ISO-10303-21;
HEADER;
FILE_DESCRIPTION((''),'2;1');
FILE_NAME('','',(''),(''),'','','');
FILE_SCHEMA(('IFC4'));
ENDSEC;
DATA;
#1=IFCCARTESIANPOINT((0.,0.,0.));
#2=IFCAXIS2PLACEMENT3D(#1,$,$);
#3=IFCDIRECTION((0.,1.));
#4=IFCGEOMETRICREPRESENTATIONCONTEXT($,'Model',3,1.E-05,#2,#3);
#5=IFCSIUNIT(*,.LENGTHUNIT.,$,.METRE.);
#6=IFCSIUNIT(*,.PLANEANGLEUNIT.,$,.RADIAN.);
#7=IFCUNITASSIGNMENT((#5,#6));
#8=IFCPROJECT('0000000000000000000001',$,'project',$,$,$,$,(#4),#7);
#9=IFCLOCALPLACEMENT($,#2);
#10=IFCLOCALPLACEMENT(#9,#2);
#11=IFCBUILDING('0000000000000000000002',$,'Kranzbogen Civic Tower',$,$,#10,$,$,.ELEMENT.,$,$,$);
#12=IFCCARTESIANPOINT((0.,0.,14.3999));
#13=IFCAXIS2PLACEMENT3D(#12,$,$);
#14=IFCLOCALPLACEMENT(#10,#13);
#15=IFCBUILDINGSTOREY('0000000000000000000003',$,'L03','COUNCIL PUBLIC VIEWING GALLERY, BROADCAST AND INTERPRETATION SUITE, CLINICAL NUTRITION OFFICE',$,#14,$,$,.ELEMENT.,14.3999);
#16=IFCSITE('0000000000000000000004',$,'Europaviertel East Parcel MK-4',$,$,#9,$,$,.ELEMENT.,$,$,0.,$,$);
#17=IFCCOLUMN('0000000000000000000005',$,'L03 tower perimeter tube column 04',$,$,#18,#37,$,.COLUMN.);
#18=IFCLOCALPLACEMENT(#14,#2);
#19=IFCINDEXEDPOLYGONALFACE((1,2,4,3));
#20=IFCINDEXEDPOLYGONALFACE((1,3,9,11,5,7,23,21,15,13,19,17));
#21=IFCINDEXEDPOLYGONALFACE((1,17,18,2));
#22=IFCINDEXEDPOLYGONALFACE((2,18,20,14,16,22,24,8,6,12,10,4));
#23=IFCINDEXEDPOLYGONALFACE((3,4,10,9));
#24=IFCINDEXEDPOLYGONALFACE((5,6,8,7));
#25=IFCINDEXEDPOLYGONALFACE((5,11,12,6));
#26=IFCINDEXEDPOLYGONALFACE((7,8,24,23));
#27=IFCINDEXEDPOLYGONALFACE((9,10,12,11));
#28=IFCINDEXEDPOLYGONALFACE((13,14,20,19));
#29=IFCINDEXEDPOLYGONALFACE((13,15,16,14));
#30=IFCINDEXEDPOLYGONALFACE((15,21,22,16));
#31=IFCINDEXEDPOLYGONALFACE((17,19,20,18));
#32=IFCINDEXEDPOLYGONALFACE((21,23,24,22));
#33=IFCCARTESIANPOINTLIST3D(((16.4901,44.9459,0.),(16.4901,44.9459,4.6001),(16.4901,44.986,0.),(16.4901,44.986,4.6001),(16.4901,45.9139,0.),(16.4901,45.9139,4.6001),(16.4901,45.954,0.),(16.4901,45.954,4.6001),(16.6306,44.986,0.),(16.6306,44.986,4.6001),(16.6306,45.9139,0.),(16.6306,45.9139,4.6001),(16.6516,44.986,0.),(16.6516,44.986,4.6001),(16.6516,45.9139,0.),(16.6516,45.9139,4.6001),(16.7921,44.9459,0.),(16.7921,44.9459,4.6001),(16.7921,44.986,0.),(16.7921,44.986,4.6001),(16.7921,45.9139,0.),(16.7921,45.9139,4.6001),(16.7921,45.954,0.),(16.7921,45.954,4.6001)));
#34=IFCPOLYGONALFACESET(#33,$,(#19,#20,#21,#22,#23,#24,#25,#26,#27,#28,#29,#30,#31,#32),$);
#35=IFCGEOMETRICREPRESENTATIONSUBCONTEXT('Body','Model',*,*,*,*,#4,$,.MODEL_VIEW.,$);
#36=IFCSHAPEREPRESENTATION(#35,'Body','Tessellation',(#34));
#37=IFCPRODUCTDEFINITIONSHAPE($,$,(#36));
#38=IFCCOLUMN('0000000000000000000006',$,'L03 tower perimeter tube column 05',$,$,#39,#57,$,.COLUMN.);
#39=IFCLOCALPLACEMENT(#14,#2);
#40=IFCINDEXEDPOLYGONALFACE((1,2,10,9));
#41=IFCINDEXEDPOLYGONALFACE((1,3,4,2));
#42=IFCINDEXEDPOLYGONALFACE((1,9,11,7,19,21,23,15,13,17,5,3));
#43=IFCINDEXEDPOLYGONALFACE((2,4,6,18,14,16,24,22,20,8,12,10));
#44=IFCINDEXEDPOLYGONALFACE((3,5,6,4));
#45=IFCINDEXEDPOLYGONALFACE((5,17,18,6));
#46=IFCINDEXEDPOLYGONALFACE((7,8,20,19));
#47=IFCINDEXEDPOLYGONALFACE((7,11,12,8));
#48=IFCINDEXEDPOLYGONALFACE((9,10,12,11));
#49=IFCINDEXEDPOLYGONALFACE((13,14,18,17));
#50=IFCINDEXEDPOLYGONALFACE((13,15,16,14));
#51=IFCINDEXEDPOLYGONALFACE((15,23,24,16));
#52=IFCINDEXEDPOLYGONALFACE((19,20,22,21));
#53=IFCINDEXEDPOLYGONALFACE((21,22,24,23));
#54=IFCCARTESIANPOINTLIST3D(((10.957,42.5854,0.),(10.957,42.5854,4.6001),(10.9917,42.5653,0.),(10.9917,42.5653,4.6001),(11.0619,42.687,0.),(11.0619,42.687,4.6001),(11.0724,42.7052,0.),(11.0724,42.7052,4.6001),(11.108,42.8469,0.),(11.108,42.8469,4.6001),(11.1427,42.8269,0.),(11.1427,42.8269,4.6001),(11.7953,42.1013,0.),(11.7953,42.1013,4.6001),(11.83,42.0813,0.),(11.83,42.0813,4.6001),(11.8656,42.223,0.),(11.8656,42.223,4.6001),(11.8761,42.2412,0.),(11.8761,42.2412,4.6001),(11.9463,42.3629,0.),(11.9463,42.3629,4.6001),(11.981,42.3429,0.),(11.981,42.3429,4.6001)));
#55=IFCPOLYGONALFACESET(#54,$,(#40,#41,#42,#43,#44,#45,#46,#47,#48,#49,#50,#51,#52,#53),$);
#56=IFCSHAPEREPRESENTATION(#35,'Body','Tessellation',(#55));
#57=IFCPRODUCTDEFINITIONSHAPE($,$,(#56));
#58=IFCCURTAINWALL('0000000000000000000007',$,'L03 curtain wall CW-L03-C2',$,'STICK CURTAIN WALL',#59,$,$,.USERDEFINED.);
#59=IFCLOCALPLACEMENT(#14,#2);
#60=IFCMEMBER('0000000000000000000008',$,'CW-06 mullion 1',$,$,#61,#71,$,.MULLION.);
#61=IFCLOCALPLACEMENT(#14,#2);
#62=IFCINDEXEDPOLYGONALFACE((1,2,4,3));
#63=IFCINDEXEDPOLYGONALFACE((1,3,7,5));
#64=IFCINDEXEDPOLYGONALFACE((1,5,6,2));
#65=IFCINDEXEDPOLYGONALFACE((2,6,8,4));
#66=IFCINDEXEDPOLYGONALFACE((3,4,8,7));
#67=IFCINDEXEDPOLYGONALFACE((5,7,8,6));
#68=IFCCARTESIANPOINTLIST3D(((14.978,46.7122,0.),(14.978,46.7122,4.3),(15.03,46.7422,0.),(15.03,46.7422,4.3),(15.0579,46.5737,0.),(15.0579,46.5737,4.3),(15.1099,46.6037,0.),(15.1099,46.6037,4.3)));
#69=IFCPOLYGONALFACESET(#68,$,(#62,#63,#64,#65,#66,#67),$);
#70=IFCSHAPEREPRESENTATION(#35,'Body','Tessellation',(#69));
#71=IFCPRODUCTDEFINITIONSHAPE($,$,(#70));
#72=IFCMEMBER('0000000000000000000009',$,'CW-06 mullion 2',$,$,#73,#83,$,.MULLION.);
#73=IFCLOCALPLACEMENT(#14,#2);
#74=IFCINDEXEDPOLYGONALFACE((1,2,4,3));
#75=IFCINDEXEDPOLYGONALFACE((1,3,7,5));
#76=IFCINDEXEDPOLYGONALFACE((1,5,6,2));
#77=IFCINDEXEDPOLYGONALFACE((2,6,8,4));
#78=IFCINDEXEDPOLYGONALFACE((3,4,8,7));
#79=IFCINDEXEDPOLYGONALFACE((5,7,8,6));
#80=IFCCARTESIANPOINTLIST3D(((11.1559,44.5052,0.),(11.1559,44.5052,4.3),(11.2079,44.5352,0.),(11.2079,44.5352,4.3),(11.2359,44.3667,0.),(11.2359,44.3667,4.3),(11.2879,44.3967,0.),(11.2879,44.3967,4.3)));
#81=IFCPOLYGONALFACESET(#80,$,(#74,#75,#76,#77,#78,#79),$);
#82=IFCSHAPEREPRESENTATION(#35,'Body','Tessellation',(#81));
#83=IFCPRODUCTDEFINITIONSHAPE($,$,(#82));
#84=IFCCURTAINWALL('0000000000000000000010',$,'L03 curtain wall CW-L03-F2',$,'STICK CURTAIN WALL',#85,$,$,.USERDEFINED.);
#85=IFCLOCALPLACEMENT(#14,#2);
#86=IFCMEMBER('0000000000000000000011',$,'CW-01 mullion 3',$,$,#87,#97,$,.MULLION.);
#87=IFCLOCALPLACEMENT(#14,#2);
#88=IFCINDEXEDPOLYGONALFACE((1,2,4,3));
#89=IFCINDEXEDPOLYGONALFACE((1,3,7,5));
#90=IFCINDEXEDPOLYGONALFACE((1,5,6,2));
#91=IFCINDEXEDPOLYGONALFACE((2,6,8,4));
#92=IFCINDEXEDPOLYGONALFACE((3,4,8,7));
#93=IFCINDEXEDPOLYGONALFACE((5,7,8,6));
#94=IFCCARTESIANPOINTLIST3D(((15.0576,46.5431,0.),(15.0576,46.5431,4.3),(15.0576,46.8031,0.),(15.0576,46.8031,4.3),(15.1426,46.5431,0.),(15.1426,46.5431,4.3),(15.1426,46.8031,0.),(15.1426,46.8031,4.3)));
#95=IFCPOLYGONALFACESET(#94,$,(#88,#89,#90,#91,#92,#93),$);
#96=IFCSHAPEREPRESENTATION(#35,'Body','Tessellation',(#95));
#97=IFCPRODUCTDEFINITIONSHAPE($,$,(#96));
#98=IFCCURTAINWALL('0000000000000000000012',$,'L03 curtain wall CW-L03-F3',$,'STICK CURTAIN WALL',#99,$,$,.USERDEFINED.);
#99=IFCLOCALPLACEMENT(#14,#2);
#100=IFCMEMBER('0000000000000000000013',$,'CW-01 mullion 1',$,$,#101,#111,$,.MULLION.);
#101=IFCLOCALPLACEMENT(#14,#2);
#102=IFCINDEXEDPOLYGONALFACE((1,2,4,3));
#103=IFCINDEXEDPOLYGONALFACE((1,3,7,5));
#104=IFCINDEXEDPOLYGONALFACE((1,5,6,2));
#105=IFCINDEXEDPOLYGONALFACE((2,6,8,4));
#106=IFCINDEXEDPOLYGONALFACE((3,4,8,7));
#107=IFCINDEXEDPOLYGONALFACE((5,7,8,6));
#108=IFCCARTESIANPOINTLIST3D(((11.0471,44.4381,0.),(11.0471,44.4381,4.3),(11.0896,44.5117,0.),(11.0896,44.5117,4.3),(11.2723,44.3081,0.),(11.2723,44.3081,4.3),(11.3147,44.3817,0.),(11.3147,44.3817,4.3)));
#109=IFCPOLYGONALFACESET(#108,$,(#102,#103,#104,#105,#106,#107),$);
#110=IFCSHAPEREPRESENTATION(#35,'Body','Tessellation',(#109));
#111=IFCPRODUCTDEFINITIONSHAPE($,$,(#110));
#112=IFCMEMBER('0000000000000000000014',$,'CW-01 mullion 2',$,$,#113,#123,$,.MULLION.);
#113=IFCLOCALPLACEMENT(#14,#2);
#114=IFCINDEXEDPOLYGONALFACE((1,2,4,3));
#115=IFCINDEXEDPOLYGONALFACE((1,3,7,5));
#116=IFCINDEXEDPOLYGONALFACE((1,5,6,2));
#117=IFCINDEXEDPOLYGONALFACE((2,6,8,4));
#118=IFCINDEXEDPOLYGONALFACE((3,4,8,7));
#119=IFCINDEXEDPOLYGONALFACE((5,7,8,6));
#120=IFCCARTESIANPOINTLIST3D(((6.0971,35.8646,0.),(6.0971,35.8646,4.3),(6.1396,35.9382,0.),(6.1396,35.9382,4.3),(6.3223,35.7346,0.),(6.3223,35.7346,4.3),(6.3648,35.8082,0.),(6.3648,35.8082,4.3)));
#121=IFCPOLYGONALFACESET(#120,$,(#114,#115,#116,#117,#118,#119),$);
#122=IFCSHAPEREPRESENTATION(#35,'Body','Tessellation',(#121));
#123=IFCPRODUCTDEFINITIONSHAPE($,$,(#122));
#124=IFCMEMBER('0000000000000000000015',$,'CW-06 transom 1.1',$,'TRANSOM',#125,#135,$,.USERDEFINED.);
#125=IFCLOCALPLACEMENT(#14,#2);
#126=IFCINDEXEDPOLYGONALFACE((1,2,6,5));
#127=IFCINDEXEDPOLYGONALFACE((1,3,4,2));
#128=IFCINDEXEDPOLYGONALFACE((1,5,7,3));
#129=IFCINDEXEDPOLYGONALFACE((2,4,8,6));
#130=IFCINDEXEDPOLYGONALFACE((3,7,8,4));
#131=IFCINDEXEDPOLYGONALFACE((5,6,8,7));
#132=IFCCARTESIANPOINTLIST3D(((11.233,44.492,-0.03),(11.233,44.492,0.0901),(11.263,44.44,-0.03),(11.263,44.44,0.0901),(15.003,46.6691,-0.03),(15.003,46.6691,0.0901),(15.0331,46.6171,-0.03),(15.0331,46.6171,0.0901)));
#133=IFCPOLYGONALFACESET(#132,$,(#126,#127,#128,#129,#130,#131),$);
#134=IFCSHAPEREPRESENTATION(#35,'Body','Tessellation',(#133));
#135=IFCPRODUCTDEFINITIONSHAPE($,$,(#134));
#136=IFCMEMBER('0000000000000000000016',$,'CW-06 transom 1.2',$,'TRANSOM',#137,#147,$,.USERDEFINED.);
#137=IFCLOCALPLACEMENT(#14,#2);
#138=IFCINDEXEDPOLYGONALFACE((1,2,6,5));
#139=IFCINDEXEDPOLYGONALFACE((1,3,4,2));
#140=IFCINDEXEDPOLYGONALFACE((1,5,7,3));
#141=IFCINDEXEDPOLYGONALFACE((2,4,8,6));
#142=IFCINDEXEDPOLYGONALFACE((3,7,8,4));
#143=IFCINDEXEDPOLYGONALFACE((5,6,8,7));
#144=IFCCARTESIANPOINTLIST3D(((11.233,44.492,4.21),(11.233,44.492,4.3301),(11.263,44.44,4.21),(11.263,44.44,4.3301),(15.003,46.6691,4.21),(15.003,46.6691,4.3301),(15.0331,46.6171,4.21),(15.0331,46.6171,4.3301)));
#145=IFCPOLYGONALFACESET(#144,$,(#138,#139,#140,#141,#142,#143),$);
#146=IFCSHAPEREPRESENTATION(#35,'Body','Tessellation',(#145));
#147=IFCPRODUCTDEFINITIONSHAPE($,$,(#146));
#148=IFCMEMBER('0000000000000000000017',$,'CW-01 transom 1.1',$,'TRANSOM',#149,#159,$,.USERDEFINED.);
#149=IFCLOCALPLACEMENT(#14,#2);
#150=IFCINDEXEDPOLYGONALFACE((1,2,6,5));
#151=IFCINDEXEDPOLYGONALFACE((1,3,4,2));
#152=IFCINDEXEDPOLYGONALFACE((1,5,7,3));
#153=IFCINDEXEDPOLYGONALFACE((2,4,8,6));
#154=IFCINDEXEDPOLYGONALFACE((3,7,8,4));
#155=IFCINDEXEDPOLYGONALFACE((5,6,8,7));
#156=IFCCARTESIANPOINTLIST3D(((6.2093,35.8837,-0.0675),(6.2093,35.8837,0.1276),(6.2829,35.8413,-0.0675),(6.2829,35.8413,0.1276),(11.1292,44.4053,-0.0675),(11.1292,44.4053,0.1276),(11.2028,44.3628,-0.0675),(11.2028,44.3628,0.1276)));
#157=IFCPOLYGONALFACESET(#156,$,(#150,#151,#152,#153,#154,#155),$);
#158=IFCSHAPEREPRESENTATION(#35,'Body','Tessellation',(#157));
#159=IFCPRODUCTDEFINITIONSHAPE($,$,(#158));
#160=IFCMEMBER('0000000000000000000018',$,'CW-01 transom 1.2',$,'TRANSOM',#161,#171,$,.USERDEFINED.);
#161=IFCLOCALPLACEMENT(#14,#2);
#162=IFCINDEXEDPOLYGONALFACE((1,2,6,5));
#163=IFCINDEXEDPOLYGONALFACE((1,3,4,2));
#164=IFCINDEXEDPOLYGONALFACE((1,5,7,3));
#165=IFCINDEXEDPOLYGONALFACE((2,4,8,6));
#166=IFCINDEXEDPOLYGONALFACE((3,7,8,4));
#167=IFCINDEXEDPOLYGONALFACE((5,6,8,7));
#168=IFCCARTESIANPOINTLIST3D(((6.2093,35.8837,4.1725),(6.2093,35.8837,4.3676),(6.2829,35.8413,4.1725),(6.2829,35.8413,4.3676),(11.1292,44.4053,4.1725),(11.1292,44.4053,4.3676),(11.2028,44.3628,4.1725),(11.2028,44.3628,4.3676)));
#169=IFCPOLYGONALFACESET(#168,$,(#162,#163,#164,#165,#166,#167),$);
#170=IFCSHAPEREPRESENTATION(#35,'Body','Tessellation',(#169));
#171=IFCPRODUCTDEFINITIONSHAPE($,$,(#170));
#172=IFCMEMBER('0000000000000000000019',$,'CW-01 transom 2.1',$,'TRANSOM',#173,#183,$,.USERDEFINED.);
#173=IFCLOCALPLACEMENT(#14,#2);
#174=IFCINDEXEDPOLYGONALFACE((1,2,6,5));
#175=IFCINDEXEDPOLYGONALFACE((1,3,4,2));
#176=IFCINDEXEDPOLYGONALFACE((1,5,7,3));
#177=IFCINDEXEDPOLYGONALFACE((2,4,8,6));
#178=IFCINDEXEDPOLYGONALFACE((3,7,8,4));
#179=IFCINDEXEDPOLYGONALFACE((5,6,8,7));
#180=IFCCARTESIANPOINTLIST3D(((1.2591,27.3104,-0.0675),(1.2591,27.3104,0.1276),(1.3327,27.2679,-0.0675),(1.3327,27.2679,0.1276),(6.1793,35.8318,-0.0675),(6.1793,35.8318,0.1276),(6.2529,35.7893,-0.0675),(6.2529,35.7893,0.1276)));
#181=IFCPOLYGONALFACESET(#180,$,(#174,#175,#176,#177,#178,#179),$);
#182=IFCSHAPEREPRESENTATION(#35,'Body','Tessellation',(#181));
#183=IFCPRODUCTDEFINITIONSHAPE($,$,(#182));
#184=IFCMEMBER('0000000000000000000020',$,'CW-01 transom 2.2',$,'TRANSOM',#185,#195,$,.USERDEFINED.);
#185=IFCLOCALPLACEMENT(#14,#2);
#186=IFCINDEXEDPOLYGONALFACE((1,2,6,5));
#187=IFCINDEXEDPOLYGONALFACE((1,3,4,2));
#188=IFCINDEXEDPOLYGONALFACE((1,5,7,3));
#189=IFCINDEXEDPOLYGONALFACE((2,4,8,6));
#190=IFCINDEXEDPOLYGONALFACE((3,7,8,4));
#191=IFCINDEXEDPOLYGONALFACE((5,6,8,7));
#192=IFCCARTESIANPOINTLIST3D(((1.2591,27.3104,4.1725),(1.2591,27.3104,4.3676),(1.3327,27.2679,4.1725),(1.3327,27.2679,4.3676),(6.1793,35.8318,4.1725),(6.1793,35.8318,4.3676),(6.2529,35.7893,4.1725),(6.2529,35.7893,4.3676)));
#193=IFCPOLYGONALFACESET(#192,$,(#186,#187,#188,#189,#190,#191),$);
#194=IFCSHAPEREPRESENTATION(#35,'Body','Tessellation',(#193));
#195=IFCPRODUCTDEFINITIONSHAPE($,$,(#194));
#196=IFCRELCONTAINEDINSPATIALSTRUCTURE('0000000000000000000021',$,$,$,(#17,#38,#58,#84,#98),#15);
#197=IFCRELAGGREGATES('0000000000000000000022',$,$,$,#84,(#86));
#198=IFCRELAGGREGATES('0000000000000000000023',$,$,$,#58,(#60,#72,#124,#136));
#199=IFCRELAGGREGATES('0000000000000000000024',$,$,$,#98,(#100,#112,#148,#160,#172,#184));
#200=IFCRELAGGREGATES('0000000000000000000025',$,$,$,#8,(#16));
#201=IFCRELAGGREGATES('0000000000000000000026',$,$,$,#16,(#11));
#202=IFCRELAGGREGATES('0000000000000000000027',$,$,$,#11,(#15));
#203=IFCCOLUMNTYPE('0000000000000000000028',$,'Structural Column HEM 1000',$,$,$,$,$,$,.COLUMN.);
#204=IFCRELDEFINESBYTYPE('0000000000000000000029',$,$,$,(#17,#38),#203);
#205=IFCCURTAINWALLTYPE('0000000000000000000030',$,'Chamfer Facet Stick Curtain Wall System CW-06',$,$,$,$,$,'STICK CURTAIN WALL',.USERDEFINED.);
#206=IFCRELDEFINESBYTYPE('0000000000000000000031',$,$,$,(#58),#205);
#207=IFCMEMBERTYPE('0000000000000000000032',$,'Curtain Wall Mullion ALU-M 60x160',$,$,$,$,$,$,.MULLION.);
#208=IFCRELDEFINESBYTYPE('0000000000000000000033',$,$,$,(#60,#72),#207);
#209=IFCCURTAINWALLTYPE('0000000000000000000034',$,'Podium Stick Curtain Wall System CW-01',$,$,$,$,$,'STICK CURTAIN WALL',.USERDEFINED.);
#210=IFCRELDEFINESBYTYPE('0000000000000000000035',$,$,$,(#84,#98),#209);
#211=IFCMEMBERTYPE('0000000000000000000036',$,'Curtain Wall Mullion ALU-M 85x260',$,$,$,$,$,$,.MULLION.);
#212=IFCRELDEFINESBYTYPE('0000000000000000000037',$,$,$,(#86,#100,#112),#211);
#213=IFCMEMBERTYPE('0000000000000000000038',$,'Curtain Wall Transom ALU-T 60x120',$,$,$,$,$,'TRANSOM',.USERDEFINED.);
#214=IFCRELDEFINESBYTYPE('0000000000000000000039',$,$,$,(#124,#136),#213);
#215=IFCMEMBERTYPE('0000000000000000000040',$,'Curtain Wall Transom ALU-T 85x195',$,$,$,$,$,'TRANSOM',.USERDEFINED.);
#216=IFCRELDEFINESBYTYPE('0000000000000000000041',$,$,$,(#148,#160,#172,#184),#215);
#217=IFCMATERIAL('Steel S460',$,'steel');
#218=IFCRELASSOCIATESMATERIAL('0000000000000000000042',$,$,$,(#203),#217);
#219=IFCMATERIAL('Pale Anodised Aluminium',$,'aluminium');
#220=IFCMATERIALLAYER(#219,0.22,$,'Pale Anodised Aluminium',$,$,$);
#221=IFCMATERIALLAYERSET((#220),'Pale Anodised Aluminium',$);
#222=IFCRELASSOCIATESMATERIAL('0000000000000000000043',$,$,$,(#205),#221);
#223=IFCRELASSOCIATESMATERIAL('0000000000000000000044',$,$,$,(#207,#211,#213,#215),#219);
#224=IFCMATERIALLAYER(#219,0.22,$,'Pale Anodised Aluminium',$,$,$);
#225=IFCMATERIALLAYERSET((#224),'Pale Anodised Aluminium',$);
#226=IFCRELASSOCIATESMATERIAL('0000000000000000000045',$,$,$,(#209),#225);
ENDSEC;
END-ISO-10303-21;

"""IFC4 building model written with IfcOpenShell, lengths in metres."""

from ifc_helpers import new_model, si_unit, direction, frame, origin, origin_2d, place, context, subcontext, project, spatial, rectangle, i_section, extrude, material, layer, layer_set, material_profile, profile_set, type_object, element, aggregate, save


model = new_model("IFC4")

# Units and contexts
model_context = context("Model", 3, precision=1e-05, world=origin(), true_north=direction((0.0, 1.0)))
body_context = subcontext(model_context, "Body", "Model", "MODEL_VIEW")
ifc_project = project(units=[si_unit("LENGTHUNIT", "METRE"), si_unit("PLANEANGLEUNIT", "RADIAN")], contexts=[model_context])

# Site, building, storey
site_placement = place(None, origin())
site = spatial("IfcSite", under=ifc_project, at=site_placement, Name="Europaviertel East Parcel MK-4", CompositionType="ELEMENT", RefElevation=0.0)
building_placement = place(site_placement, origin())
building = spatial("IfcBuilding", under=site, at=building_placement, Name="Kranzbogen Civic Tower", CompositionType="ELEMENT")
storey_placement = place(building_placement, frame((0.0, 0.0, 14.3999)))
storey = spatial("IfcBuildingStorey", under=building, at=storey_placement, Name="L03", Description="COUNCIL PUBLIC VIEWING GALLERY, BROADCAST AND INTERPRETATION SUITE, CLINICAL NUTRITION OFFICE", CompositionType="ELEMENT", Elevation=14.3999)

# Columns
ifc_material_1 = material(Name="Steel S460", Category="steel")
ifc_material_profile_1 = material_profile(ifc_material_1, i_section(OverallWidth=0.302, OverallDepth=1.0081, WebThickness=0.021, FlangeThickness=0.04, at=origin_2d()), Name="HEM 1000")
ifc_profile_set_1 = profile_set([ifc_material_profile_1], Name="Steel S460")
column_type = type_object("IfcColumnType", Name="Structural Column HEM 1000", PredefinedType="COLUMN", material=ifc_profile_set_1)
for number, where, z_axis, x_axis, name in (
    (1, (16.6411, 45.45, 0.0), (0.0, 0.0, 1.0), (1.0, 0.0, 0.0), "L03 tower perimeter tube column 04"),
    (2, (11.469, 42.4641, 0.0), (0.0, 0.0, 1.0), (0.5, 0.866025, 0.0), "L03 tower perimeter tube column 05"),
):
    element("IfcColumn", number, at=place(storey_placement, frame(where, z_axis=z_axis, x_axis=x_axis)), inside=storey, type_object=column_type, Name=name, PredefinedType="COLUMN", context=body_context, shape_type="SweptSolid", body=[
        extrude(i_section(OverallWidth=0.302, OverallDepth=1.0081, WebThickness=0.021, FlangeThickness=0.04, at=origin_2d()), origin(), (0.0, 0.0, 1.0), 4.6001),
    ])

# Curtain wall, members
ifc_material_2 = material(Name="Pale Anodised Aluminium", Category="aluminium")
ifc_layer_1 = layer(ifc_material_2, 0.22, Name="Pale Anodised Aluminium")
ifc_layer_set_1 = layer_set([ifc_layer_1], Name="Pale Anodised Aluminium")
curtain_wall_type_1 = type_object("IfcCurtainWallType", Name="Chamfer Facet Stick Curtain Wall System CW-06", ElementType="STICK CURTAIN WALL", PredefinedType="USERDEFINED", material=ifc_layer_set_1)
curtain_wall_1_placement = place(storey_placement, origin())
curtain_wall_1 = element("IfcCurtainWall", 3, at=curtain_wall_1_placement, inside=storey, type_object=curtain_wall_type_1, Name="L03 curtain wall CW-L03-C2", ObjectType="STICK CURTAIN WALL", PredefinedType="USERDEFINED")
ifc_material_profile_2 = material_profile(ifc_material_2, rectangle(XDim=0.0601, YDim=0.1599, at=origin_2d()), Name="ALU-M 60x160")
ifc_profile_set_2 = profile_set([ifc_material_profile_2], Name="Pale Anodised Aluminium")
member_type_1 = type_object("IfcMemberType", Name="Curtain Wall Mullion ALU-M 60x160", PredefinedType="MULLION", material=ifc_profile_set_2)
member_1_placement = place(storey_placement, frame((15.0439, 46.658, 0.0), z_axis=(0.0, 0.0, 1.0), x_axis=(-0.865992, -0.500058, 0.0)))
member_1 = element("IfcMember", 4, at=member_1_placement, type_object=member_type_1, Name="CW-06 mullion 1", PredefinedType="MULLION", context=body_context, shape_type="SweptSolid", body=[
    extrude(rectangle(XDim=0.0601, YDim=0.1599, at=origin_2d()), origin(), (0.0, 0.0, 1.0), 4.3),
])
member_2_placement = place(storey_placement, frame((11.2219, 44.4509, 0.0), z_axis=(0.0, 0.0, 1.0), x_axis=(-0.865992, -0.500058, 0.0)))
member_2 = element("IfcMember", 5, at=member_2_placement, type_object=member_type_1, Name="CW-06 mullion 2", PredefinedType="MULLION", context=body_context, shape_type="SweptSolid", body=[
    extrude(rectangle(XDim=0.0601, YDim=0.1599, at=origin_2d()), origin(), (0.0, 0.0, 1.0), 4.3),
])

# Curtain wall, member
ifc_layer_2 = layer(ifc_material_2, 0.22, Name="Pale Anodised Aluminium")
ifc_layer_set_2 = layer_set([ifc_layer_2], Name="Pale Anodised Aluminium")
curtain_wall_type_2 = type_object("IfcCurtainWallType", Name="Podium Stick Curtain Wall System CW-01", ElementType="STICK CURTAIN WALL", PredefinedType="USERDEFINED", material=ifc_layer_set_2)
curtain_wall_2_placement = place(storey_placement, origin())
curtain_wall_2 = element("IfcCurtainWall", 6, at=curtain_wall_2_placement, inside=storey, type_object=curtain_wall_type_2, Name="L03 curtain wall CW-L03-F2", ObjectType="STICK CURTAIN WALL", PredefinedType="USERDEFINED")
ifc_material_profile_3 = material_profile(ifc_material_2, rectangle(XDim=0.085, YDim=0.26, at=origin_2d()), Name="ALU-M 85x260")
ifc_profile_set_3 = profile_set([ifc_material_profile_3], Name="Pale Anodised Aluminium")
member_type_2 = type_object("IfcMemberType", Name="Curtain Wall Mullion ALU-M 85x260", PredefinedType="MULLION", material=ifc_profile_set_3)
member_3_placement = place(storey_placement, frame((15.1001, 46.6731, 0.0), z_axis=(0.0, 0.0, 1.0), x_axis=(-1.0, 0.0, 0.0)))
member_3 = element("IfcMember", 7, at=member_3_placement, type_object=member_type_2, Name="CW-01 mullion 3", PredefinedType="MULLION", context=body_context, shape_type="SweptSolid", body=[
    extrude(rectangle(XDim=0.085, YDim=0.26, at=origin_2d()), origin(), (0.0, 0.0, 1.0), 4.3),
])
aggregate(curtain_wall_2, [member_3])

# Curtain wall, members
curtain_wall_3_placement = place(storey_placement, origin())
curtain_wall_3 = element("IfcCurtainWall", 8, at=curtain_wall_3_placement, inside=storey, type_object=curtain_wall_type_2, Name="L03 curtain wall CW-L03-F3", ObjectType="STICK CURTAIN WALL", PredefinedType="USERDEFINED")
member_4_placement = place(storey_placement, frame((11.1809, 44.4099, 0.0), z_axis=(0.0, 0.0, 1.0), x_axis=(-0.500006, -0.866022, 0.0)))
member_4 = element("IfcMember", 9, at=member_4_placement, type_object=member_type_2, Name="CW-01 mullion 1", PredefinedType="MULLION", context=body_context, shape_type="SweptSolid", body=[
    extrude(rectangle(XDim=0.085, YDim=0.26, at=origin_2d()), origin(), (0.0, 0.0, 1.0), 4.3),
])
member_5_placement = place(storey_placement, frame((6.231, 35.8364, 0.0), z_axis=(0.0, 0.0, 1.0), x_axis=(-0.500006, -0.866022, 0.0)))
member_5 = element("IfcMember", 10, at=member_5_placement, type_object=member_type_2, Name="CW-01 mullion 2", PredefinedType="MULLION", context=body_context, shape_type="SweptSolid", body=[
    extrude(rectangle(XDim=0.085, YDim=0.26, at=origin_2d()), origin(), (0.0, 0.0, 1.0), 4.3),
])

# Members
ifc_material_profile_4 = material_profile(ifc_material_2, rectangle(XDim=0.0601, YDim=0.1201, at=origin_2d()), Name="ALU-T 60x120")
ifc_profile_set_4 = profile_set([ifc_material_profile_4], Name="Pale Anodised Aluminium")
member_type_3 = type_object("IfcMemberType", Name="Curtain Wall Transom ALU-T 60x120", ElementType="TRANSOM", PredefinedType="USERDEFINED", material=ifc_profile_set_4)
member_6_placement = place(storey_placement, frame((15.0181, 46.6431, 0.03), z_axis=(-0.865988, -0.500065, 0.0), x_axis=(0.500065, -0.865988, 0.0)))
member_6 = element("IfcMember", 11, at=member_6_placement, type_object=member_type_3, Name="CW-06 transom 1.1", ObjectType="TRANSOM", PredefinedType="USERDEFINED", context=body_context, shape_type="SweptSolid", body=[
    extrude(rectangle(XDim=0.0601, YDim=0.1201, at=origin_2d()), origin(), (0.0, 0.0, 1.0), 4.3535),
])
member_7_placement = place(storey_placement, frame((15.0181, 46.6431, 4.27), z_axis=(-0.865988, -0.500065, 0.0), x_axis=(0.500065, -0.865988, 0.0)))
member_7 = element("IfcMember", 12, at=member_7_placement, type_object=member_type_3, Name="CW-06 transom 1.2", ObjectType="TRANSOM", PredefinedType="USERDEFINED", context=body_context, shape_type="SweptSolid", body=[
    extrude(rectangle(XDim=0.0601, YDim=0.1201, at=origin_2d()), origin(), (0.0, 0.0, 1.0), 4.3535),
])
ifc_material_profile_5 = material_profile(ifc_material_2, rectangle(XDim=0.085, YDim=0.1951, at=origin_2d()), Name="ALU-T 85x195")
ifc_profile_set_5 = profile_set([ifc_material_profile_5], Name="Pale Anodised Aluminium")
member_type_4 = type_object("IfcMemberType", Name="Curtain Wall Transom ALU-T 85x195", ElementType="TRANSOM", PredefinedType="USERDEFINED", material=ifc_profile_set_5)
member_8_placement = place(storey_placement, frame((11.166, 44.384, 0.03), z_axis=(-0.500003, -0.866024, 0.0), x_axis=(0.866024, -0.500003, 0.0)))
member_8 = element("IfcMember", 13, at=member_8_placement, type_object=member_type_4, Name="CW-01 transom 1.1", ObjectType="TRANSOM", PredefinedType="USERDEFINED", context=body_context, shape_type="SweptSolid", body=[
    extrude(rectangle(XDim=0.085, YDim=0.1951, at=origin_2d()), origin(), (0.0, 0.0, 1.0), 9.8398),
])
member_9_placement = place(storey_placement, frame((11.166, 44.384, 4.27), z_axis=(-0.500003, -0.866024, 0.0), x_axis=(0.866024, -0.500003, 0.0)))
member_9 = element("IfcMember", 14, at=member_9_placement, type_object=member_type_4, Name="CW-01 transom 1.2", ObjectType="TRANSOM", PredefinedType="USERDEFINED", context=body_context, shape_type="SweptSolid", body=[
    extrude(rectangle(XDim=0.085, YDim=0.1951, at=origin_2d()), origin(), (0.0, 0.0, 1.0), 9.8398),
])
member_10_placement = place(storey_placement, frame((6.2161, 35.8105, 0.03), z_axis=(-0.500022, -0.866013, 0.0), x_axis=(0.866013, -0.500022, 0.0)))
member_10 = element("IfcMember", 15, at=member_10_placement, type_object=member_type_4, Name="CW-01 transom 2.1", ObjectType="TRANSOM", PredefinedType="USERDEFINED", context=body_context, shape_type="SweptSolid", body=[
    extrude(rectangle(XDim=0.085, YDim=0.1951, at=origin_2d()), origin(), (0.0, 0.0, 1.0), 9.8398),
])
member_11_placement = place(storey_placement, frame((6.2161, 35.8105, 4.27), z_axis=(-0.500022, -0.866013, 0.0), x_axis=(0.866013, -0.500022, 0.0)))
member_11 = element("IfcMember", 16, at=member_11_placement, type_object=member_type_4, Name="CW-01 transom 2.2", ObjectType="TRANSOM", PredefinedType="USERDEFINED", context=body_context, shape_type="SweptSolid", body=[
    extrude(rectangle(XDim=0.085, YDim=0.1951, at=origin_2d()), origin(), (0.0, 0.0, 1.0), 9.8398),
])

aggregate(curtain_wall_1, [member_1, member_2, member_6, member_7])
aggregate(curtain_wall_3, [member_4, member_5, member_8, member_9, member_10, member_11])

save(model, "model.ifc")
